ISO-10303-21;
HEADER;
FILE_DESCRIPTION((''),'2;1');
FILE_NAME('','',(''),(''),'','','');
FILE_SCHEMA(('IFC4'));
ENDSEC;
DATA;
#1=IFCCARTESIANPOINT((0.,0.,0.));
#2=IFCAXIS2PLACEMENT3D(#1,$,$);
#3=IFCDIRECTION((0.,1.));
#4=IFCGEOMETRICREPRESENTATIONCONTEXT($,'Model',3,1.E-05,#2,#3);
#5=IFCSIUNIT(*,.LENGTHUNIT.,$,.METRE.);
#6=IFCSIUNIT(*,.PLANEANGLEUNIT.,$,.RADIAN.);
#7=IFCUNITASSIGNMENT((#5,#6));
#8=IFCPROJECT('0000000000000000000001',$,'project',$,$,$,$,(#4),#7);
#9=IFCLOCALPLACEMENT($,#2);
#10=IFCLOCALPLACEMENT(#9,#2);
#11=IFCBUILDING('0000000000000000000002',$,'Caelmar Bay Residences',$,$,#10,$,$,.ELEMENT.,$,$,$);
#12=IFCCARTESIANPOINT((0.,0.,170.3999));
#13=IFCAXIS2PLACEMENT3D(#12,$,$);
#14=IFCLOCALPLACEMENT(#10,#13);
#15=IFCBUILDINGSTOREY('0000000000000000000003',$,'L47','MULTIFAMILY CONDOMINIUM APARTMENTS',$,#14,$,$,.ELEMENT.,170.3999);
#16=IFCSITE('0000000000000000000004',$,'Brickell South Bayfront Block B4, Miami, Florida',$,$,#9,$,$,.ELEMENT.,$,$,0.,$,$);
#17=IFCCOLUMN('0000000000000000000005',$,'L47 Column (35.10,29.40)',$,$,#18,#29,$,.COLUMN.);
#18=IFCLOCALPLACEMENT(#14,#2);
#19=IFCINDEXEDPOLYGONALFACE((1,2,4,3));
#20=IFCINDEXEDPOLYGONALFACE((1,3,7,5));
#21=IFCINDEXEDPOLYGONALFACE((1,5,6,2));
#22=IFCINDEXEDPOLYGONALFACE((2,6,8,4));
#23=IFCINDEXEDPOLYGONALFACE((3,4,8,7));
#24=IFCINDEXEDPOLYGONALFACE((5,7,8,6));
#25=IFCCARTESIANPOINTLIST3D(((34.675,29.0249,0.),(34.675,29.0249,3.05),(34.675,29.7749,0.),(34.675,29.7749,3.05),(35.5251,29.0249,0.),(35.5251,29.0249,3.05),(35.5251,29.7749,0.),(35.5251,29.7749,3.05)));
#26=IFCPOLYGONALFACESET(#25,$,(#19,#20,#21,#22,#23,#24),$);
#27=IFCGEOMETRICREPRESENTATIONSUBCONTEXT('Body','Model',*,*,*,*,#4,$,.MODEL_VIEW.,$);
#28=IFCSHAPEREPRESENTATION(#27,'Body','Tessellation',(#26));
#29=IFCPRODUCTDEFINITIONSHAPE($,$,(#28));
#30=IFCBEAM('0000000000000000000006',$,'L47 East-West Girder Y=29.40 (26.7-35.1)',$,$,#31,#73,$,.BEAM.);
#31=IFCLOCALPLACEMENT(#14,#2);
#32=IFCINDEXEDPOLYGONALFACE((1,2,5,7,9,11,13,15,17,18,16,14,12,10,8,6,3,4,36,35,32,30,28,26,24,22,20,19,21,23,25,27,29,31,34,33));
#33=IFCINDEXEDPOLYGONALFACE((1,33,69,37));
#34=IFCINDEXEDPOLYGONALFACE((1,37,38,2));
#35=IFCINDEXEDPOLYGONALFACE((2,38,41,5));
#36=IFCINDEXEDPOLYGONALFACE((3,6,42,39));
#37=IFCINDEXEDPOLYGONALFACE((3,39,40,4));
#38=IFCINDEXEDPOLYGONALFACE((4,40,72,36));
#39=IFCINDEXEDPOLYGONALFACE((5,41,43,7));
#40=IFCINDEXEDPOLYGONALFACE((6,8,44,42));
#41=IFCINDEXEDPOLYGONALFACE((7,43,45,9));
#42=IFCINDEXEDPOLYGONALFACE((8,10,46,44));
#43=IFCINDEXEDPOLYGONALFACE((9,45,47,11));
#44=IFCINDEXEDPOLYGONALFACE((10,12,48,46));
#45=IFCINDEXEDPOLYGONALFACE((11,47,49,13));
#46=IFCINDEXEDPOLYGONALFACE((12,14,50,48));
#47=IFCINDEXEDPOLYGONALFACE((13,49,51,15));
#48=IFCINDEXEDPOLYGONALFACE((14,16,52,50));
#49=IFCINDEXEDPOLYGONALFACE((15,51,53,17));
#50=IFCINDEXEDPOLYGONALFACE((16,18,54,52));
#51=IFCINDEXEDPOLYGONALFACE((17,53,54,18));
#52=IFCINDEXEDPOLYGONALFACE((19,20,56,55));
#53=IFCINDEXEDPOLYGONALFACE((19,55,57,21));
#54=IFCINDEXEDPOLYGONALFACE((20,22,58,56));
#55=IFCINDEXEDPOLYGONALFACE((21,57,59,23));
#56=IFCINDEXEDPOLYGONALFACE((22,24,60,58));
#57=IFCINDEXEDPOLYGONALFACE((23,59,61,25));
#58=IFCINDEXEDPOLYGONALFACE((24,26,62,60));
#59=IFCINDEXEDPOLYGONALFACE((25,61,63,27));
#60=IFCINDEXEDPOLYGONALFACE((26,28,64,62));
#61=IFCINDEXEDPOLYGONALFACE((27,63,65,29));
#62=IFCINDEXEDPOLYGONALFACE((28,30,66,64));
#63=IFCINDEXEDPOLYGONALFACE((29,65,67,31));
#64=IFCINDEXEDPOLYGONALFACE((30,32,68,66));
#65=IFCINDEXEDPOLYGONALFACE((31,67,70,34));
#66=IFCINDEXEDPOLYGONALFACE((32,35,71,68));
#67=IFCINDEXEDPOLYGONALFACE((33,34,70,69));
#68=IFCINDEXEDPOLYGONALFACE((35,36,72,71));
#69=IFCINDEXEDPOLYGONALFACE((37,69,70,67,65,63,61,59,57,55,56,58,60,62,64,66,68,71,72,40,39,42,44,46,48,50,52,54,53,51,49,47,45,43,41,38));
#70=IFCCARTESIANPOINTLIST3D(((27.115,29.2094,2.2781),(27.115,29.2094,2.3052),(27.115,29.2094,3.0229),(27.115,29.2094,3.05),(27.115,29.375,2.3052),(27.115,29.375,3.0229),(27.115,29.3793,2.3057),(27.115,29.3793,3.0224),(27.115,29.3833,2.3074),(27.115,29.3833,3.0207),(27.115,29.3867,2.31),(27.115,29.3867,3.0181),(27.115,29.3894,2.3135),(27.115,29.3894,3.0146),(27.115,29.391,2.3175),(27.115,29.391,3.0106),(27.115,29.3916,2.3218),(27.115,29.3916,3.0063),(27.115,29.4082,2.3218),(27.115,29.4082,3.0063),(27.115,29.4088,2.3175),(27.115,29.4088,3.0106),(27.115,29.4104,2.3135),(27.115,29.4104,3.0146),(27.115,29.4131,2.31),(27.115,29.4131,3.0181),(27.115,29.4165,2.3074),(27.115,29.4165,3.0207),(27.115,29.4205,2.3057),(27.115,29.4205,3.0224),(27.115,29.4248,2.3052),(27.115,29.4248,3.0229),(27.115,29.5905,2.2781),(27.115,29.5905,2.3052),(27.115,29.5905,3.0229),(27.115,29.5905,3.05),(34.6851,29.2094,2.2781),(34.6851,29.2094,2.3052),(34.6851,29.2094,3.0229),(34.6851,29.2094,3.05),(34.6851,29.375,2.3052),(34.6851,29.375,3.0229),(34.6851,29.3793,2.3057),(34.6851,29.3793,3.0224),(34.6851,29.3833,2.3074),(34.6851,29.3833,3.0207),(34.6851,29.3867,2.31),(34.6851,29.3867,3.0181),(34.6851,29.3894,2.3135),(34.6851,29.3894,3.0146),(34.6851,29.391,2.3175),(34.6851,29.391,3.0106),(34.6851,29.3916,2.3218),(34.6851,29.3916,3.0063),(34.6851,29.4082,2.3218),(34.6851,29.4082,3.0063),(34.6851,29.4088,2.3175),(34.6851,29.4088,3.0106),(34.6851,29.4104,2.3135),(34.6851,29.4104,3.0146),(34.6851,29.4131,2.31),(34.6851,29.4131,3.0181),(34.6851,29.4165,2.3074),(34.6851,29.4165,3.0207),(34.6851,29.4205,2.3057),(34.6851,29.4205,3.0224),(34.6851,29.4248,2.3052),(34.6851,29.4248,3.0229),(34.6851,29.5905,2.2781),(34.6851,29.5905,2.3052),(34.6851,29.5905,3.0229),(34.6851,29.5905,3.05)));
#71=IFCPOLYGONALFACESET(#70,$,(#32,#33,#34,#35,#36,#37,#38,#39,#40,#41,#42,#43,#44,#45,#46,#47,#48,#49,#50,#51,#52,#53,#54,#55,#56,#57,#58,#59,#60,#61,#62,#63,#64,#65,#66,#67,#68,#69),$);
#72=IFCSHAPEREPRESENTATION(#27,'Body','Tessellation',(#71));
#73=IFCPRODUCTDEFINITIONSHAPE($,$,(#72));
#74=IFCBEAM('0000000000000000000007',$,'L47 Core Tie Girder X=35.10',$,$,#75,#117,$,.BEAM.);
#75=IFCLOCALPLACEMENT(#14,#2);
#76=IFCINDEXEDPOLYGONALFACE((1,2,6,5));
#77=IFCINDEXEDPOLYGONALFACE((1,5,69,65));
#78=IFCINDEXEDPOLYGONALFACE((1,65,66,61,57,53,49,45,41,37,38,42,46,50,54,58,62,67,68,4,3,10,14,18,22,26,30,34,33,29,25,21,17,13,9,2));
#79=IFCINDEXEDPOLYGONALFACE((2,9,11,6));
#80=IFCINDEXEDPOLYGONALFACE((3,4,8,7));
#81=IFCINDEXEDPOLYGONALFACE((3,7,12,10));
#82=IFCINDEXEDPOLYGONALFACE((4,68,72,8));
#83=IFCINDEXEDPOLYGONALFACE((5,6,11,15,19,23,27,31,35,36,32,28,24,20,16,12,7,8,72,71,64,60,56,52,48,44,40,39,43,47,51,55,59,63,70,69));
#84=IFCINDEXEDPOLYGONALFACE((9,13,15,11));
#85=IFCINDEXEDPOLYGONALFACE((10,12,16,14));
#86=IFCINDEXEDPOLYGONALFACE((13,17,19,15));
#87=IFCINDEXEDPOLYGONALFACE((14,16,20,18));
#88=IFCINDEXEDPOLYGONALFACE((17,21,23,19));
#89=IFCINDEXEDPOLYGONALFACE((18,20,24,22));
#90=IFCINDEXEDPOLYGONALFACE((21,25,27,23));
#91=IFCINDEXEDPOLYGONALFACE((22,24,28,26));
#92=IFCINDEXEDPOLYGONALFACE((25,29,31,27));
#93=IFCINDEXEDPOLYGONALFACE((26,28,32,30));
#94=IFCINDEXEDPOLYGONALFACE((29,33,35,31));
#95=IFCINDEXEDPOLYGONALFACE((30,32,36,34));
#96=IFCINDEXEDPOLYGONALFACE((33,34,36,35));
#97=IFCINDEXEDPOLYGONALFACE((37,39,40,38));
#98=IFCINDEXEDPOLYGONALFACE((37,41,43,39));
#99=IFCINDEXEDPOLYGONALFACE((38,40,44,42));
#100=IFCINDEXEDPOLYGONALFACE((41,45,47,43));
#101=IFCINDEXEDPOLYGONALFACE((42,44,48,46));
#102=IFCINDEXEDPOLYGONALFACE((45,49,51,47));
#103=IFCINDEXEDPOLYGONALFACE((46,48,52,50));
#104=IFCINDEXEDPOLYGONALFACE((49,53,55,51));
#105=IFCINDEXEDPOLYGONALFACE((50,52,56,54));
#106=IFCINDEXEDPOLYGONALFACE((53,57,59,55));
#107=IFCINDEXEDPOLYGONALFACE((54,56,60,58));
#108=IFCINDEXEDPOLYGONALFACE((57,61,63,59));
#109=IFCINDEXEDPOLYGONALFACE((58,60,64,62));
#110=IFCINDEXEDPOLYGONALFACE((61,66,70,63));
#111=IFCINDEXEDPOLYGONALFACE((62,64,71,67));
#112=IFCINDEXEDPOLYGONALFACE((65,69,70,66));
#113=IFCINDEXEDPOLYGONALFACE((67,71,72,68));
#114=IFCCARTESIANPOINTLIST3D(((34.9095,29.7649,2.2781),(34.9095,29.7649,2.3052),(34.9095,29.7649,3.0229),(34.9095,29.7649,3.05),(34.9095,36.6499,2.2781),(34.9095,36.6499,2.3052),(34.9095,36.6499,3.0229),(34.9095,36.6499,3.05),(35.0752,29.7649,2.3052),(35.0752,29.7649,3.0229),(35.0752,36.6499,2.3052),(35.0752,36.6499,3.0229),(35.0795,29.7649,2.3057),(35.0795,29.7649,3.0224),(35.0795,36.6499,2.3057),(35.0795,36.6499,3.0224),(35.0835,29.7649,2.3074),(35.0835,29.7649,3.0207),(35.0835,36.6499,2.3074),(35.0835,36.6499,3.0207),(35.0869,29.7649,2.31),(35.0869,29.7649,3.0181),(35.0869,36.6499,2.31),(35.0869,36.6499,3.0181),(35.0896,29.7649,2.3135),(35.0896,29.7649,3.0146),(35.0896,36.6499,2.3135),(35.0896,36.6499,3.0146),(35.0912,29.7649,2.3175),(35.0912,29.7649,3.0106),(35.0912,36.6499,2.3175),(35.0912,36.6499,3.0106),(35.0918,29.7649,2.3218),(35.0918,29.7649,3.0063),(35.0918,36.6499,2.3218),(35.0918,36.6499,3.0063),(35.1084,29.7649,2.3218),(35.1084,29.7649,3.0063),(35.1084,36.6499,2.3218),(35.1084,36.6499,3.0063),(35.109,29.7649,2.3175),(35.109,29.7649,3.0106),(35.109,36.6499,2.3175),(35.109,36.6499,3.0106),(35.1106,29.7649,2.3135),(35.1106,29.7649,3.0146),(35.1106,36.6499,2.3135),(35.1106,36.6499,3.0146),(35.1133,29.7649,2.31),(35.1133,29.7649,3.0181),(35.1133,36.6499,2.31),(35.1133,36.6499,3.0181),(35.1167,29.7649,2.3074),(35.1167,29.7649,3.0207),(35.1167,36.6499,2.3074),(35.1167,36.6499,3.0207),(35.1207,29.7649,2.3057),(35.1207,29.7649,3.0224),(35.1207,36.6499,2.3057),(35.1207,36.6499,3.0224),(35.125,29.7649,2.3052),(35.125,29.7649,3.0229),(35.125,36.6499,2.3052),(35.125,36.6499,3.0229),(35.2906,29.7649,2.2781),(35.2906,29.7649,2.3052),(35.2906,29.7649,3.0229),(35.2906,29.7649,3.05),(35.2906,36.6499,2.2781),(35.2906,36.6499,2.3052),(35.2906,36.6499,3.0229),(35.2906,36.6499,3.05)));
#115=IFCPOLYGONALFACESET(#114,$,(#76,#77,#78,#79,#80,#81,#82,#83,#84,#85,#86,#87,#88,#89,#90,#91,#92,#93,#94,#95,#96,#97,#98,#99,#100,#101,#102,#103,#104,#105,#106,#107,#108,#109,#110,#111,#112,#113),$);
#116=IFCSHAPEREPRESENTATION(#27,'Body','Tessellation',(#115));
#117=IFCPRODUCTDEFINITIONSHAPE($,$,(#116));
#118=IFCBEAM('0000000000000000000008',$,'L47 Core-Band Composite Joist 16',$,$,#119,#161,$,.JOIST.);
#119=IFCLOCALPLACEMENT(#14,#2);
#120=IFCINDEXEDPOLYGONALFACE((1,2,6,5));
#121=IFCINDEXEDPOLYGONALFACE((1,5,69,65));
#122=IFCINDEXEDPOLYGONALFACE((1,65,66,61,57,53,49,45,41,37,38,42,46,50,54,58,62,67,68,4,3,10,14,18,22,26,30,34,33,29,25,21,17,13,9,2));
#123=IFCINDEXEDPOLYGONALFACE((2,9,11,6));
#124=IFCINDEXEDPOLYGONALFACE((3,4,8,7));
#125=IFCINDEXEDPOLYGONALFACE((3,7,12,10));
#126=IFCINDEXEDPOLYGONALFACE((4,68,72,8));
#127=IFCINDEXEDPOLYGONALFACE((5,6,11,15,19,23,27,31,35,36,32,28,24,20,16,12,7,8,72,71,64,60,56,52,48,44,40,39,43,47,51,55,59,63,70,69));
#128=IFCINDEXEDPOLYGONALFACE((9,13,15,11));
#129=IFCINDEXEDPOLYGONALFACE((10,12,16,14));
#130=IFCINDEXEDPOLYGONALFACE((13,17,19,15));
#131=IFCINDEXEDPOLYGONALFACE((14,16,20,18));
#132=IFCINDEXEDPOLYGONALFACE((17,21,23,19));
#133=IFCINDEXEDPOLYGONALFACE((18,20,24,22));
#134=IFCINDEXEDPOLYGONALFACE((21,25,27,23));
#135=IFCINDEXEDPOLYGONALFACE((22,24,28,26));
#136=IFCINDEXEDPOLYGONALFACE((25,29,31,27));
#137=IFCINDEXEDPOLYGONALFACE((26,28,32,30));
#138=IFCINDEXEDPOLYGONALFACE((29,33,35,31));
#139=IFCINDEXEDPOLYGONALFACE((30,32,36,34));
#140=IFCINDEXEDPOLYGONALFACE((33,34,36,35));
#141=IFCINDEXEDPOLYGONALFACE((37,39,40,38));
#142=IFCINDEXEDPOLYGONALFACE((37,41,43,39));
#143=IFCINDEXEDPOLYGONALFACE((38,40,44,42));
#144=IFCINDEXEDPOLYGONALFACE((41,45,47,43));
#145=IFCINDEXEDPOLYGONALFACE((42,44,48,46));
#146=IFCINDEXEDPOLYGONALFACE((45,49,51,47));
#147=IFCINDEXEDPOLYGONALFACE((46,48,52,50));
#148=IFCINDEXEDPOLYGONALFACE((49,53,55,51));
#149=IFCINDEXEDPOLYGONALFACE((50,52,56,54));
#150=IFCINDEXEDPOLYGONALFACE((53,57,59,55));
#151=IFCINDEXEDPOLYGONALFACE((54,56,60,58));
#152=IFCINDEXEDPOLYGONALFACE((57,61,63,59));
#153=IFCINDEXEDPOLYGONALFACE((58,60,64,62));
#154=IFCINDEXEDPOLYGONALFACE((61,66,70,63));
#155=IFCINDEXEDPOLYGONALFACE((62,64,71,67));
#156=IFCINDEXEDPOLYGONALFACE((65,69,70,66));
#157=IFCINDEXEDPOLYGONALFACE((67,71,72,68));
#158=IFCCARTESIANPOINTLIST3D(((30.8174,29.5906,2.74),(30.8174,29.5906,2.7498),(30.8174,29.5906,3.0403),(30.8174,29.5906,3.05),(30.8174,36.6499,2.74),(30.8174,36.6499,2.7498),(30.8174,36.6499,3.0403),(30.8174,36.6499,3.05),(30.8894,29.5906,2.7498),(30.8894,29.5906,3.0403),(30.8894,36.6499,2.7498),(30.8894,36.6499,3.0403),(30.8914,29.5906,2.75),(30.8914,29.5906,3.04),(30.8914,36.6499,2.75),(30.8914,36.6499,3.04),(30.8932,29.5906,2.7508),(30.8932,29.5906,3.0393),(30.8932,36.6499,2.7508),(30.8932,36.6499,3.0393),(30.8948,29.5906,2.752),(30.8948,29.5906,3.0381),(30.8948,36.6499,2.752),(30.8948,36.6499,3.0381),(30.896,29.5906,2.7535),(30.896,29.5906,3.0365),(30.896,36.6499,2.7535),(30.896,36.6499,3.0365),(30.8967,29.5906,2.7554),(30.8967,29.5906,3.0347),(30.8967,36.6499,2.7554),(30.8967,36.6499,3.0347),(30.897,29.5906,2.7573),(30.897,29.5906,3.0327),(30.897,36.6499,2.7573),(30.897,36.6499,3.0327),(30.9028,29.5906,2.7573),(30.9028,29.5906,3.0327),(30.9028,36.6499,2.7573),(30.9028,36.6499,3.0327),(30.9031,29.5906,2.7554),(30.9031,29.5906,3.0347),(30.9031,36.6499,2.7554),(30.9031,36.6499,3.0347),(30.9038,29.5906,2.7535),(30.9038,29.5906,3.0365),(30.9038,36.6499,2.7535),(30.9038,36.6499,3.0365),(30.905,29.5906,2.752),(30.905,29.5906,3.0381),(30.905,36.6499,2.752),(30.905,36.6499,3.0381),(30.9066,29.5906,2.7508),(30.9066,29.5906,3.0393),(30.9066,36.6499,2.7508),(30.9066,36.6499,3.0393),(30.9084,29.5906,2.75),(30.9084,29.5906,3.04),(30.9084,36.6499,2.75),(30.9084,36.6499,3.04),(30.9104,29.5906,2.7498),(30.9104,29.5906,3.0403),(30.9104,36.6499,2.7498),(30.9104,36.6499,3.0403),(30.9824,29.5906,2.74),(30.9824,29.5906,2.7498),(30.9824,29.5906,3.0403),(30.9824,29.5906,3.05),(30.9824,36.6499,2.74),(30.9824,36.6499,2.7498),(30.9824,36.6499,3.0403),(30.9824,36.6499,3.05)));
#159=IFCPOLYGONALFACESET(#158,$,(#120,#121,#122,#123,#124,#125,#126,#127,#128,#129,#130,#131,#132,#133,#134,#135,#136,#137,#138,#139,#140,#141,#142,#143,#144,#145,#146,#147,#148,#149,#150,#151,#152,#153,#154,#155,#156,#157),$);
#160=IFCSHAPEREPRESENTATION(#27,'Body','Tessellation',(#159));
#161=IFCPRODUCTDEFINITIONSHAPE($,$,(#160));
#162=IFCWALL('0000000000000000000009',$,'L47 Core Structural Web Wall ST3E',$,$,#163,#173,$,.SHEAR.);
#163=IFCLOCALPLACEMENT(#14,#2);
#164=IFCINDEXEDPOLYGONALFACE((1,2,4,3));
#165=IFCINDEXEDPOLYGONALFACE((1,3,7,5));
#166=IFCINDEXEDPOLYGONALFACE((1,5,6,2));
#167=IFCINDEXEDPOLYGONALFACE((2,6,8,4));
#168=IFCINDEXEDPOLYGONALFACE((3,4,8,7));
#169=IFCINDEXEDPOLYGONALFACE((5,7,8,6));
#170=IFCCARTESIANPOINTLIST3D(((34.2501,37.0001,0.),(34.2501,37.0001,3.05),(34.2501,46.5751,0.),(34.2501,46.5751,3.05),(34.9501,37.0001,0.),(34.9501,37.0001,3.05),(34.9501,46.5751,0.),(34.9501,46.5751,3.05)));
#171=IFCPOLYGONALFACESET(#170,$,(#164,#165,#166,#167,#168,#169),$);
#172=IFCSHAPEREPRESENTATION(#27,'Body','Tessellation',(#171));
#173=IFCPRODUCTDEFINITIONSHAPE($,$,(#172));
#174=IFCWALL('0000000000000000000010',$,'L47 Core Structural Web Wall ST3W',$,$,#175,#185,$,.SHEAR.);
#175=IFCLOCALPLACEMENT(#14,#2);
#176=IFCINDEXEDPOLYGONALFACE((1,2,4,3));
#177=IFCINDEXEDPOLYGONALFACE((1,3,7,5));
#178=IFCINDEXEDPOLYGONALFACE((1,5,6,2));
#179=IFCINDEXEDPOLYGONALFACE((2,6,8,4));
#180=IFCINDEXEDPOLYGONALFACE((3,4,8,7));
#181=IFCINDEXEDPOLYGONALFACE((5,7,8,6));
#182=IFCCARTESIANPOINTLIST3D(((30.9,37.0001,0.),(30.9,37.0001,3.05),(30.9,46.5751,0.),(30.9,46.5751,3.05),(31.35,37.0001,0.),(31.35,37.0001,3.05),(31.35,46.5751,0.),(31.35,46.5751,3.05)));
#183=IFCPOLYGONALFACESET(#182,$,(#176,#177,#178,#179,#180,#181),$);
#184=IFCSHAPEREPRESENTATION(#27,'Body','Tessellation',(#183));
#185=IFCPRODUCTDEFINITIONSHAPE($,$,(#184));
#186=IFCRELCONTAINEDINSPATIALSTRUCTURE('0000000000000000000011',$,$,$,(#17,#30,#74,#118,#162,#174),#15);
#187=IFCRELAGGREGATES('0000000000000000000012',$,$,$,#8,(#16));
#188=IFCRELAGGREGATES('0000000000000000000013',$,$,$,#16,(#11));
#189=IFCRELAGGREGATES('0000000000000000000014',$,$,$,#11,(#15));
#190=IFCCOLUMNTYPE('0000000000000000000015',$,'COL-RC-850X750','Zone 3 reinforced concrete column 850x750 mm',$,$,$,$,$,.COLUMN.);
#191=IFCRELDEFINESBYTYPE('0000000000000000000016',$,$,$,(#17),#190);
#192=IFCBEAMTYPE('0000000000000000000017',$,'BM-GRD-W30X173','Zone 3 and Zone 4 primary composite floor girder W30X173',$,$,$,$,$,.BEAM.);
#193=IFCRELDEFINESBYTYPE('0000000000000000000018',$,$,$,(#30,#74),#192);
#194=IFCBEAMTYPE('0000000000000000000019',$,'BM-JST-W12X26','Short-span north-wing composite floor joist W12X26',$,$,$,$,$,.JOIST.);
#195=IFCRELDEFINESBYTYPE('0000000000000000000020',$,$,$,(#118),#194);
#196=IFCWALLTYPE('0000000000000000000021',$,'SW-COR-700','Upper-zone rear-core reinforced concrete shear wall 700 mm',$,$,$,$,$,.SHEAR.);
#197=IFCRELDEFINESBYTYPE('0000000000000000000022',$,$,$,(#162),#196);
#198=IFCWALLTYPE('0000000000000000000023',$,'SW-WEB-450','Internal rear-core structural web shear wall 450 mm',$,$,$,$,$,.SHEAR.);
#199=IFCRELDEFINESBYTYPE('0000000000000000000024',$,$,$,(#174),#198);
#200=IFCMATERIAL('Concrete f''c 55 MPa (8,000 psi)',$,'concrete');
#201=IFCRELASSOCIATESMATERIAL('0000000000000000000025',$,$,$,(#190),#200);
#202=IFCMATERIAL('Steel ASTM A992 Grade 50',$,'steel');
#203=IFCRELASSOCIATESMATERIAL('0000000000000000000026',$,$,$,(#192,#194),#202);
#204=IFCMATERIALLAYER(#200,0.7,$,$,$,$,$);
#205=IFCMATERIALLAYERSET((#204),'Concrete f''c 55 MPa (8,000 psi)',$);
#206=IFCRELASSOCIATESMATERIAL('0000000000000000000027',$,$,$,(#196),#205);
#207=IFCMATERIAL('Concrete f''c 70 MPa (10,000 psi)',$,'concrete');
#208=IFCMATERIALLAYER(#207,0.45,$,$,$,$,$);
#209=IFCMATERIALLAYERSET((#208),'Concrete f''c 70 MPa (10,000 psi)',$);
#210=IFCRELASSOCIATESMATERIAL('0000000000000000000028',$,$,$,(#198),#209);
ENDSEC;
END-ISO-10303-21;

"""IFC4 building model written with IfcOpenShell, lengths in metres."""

from ifc_helpers import new_model, si_unit, direction, frame, frame_2d, origin, origin_2d, place, context, subcontext, project, spatial, rectangle, i_section, extrude, material, layer, layer_set, material_profile, profile_set, type_object, element, save


model = new_model("IFC4")

# Units and contexts
model_context = context("Model", 3, precision=1e-05, world=origin(), true_north=direction((0.0, 1.0)))
body_context = subcontext(model_context, "Body", "Model", "MODEL_VIEW")
ifc_project = project(units=[si_unit("LENGTHUNIT", "METRE"), si_unit("PLANEANGLEUNIT", "RADIAN")], contexts=[model_context])

# Site, building, storey
site_placement = place(None, origin())
site = spatial("IfcSite", under=ifc_project, at=site_placement, Name="Brickell South Bayfront Block B4, Miami, Florida", CompositionType="ELEMENT", RefElevation=0.0)
building_placement = place(site_placement, origin())
building = spatial("IfcBuilding", under=site, at=building_placement, Name="Caelmar Bay Residences", CompositionType="ELEMENT")
storey_placement = place(building_placement, frame((0.0, 0.0, 170.3999)))
storey = spatial("IfcBuildingStorey", under=building, at=storey_placement, Name="L47", Description="MULTIFAMILY CONDOMINIUM APARTMENTS", CompositionType="ELEMENT", Elevation=170.3999)

# Column
ifc_material_1 = material(Name="Concrete f'c 55 MPa (8,000 psi)", Category="concrete")
ifc_material_profile_1 = material_profile(ifc_material_1, rectangle(XDim=0.8501, YDim=0.75, at=origin_2d()), Name="RC-COL-850X750")
ifc_profile_set_1 = profile_set([ifc_material_profile_1], Name="Concrete f'c 55 MPa (8,000 psi)")
column_type = type_object("IfcColumnType", Name="COL-RC-850X750", Description="Zone 3 reinforced concrete column 850x750 mm", PredefinedType="COLUMN", material=ifc_profile_set_1)
column_placement = place(storey_placement, frame((35.1001, 29.3999, 0.0), z_axis=(0.0, 0.0, 1.0), x_axis=(1.0, 0.0, 0.0)))
element("IfcColumn", 1, at=column_placement, inside=storey, type_object=column_type, Name="L47 Column (35.10,29.40)", PredefinedType="COLUMN", context=body_context, shape_type="SweptSolid", body=[
    extrude(rectangle(XDim=0.8501, YDim=0.75, at=origin_2d()), origin(), (0.0, 0.0, 1.0), 3.05),
])

# Beams
ifc_material_2 = material(Name="Steel ASTM A992 Grade 50", Category="steel")
ifc_material_profile_2 = material_profile(ifc_material_2, i_section(OverallWidth=0.3811, OverallDepth=0.772, WebThickness=0.0166, FlangeThickness=0.0271, FilletRadius=0.0166, at=origin_2d()), Name="W30X173")
ifc_profile_set_2 = profile_set([ifc_material_profile_2], Name="Steel ASTM A992 Grade 50")
beam_type_1 = type_object("IfcBeamType", Name="BM-GRD-W30X173", Description="Zone 3 and Zone 4 primary composite floor girder W30X173", PredefinedType="BEAM", material=ifc_profile_set_2)
beam_1_placement = place(storey_placement, frame((27.115, 29.3999, 2.6641), z_axis=(1.0, 0.0, 0.0), x_axis=(0.0, 1.0, 0.0)))
element("IfcBeam", 2, at=beam_1_placement, inside=storey, type_object=beam_type_1, Name="L47 East-West Girder Y=29.40 (26.7-35.1)", PredefinedType="BEAM", context=body_context, shape_type="SweptSolid", body=[
    extrude(i_section(OverallWidth=0.3811, OverallDepth=0.772, WebThickness=0.0166, FlangeThickness=0.0271, FilletRadius=0.0166, at=origin_2d()), origin(), (0.0, 0.0, 1.0), 7.5701),
])
beam_2_placement = place(storey_placement, frame((35.1001, 29.7649, 2.6641), z_axis=(0.0, 1.0, 0.0), x_axis=(-1.0, 0.0, 0.0)))
element("IfcBeam", 3, at=beam_2_placement, inside=storey, type_object=beam_type_1, Name="L47 Core Tie Girder X=35.10", PredefinedType="BEAM", context=body_context, shape_type="SweptSolid", body=[
    extrude(i_section(OverallWidth=0.3811, OverallDepth=0.772, WebThickness=0.0166, FlangeThickness=0.0271, FilletRadius=0.0166, at=origin_2d()), origin(), (0.0, 0.0, 1.0), 6.885),
])
ifc_material_profile_3 = material_profile(ifc_material_2, i_section(OverallWidth=0.165, OverallDepth=0.3101, WebThickness=0.0059, FlangeThickness=0.0098, FilletRadius=0.0076, at=origin_2d()), Name="W12X26")
ifc_profile_set_3 = profile_set([ifc_material_profile_3], Name="Steel ASTM A992 Grade 50")
beam_type_2 = type_object("IfcBeamType", Name="BM-JST-W12X26", Description="Short-span north-wing composite floor joist W12X26", PredefinedType="JOIST", material=ifc_profile_set_3)
beam_3_placement = place(storey_placement, frame((30.8999, 29.5906, 2.895), z_axis=(0.0, 1.0, 0.0), x_axis=(-1.0, 0.0, 0.0)))
element("IfcBeam", 4, at=beam_3_placement, inside=storey, type_object=beam_type_2, Name="L47 Core-Band Composite Joist 16", PredefinedType="JOIST", context=body_context, shape_type="SweptSolid", body=[
    extrude(i_section(OverallWidth=0.165, OverallDepth=0.3101, WebThickness=0.0059, FlangeThickness=0.0098, FilletRadius=0.0076, at=origin_2d()), origin(), (0.0, 0.0, 1.0), 7.0593),
])

# Walls
ifc_layer_1 = layer(ifc_material_1, 0.7)
ifc_layer_set_1 = layer_set([ifc_layer_1], Name="Concrete f'c 55 MPa (8,000 psi)")
wall_type_1 = type_object("IfcWallType", Name="SW-COR-700", Description="Upper-zone rear-core reinforced concrete shear wall 700 mm", PredefinedType="SHEAR", material=ifc_layer_set_1)
wall_1_placement = place(storey_placement, frame((34.6001, 37.0, 0.0), z_axis=(0.0, 0.0, 1.0), x_axis=(0.0, 1.0, 0.0)))
element("IfcWall", 5, at=wall_1_placement, inside=storey, type_object=wall_type_1, Name="L47 Core Structural Web Wall ST3E", PredefinedType="SHEAR", context=body_context, shape_type="SweptSolid", body=[
    extrude(rectangle(XDim=9.575, YDim=0.7, at=frame_2d((4.7876, 0.0))), origin(), (0.0, 0.0, 1.0), 3.05),
])
ifc_material_3 = material(Name="Concrete f'c 70 MPa (10,000 psi)", Category="concrete")
ifc_layer_2 = layer(ifc_material_3, 0.45)
ifc_layer_set_2 = layer_set([ifc_layer_2], Name="Concrete f'c 70 MPa (10,000 psi)")
wall_type_2 = type_object("IfcWallType", Name="SW-WEB-450", Description="Internal rear-core structural web shear wall 450 mm", PredefinedType="SHEAR", material=ifc_layer_set_2)
wall_2_placement = place(storey_placement, frame((31.125, 37.0, 0.0), z_axis=(0.0, 0.0, 1.0), x_axis=(0.0, 1.0, 0.0)))
element("IfcWall", 6, at=wall_2_placement, inside=storey, type_object=wall_type_2, Name="L47 Core Structural Web Wall ST3W", PredefinedType="SHEAR", context=body_context, shape_type="SweptSolid", body=[
    extrude(rectangle(XDim=9.575, YDim=0.45, at=frame_2d((4.7876, 0.0))), origin(), (0.0, 0.0, 1.0), 3.05),
])

save(model, "model.ifc")
